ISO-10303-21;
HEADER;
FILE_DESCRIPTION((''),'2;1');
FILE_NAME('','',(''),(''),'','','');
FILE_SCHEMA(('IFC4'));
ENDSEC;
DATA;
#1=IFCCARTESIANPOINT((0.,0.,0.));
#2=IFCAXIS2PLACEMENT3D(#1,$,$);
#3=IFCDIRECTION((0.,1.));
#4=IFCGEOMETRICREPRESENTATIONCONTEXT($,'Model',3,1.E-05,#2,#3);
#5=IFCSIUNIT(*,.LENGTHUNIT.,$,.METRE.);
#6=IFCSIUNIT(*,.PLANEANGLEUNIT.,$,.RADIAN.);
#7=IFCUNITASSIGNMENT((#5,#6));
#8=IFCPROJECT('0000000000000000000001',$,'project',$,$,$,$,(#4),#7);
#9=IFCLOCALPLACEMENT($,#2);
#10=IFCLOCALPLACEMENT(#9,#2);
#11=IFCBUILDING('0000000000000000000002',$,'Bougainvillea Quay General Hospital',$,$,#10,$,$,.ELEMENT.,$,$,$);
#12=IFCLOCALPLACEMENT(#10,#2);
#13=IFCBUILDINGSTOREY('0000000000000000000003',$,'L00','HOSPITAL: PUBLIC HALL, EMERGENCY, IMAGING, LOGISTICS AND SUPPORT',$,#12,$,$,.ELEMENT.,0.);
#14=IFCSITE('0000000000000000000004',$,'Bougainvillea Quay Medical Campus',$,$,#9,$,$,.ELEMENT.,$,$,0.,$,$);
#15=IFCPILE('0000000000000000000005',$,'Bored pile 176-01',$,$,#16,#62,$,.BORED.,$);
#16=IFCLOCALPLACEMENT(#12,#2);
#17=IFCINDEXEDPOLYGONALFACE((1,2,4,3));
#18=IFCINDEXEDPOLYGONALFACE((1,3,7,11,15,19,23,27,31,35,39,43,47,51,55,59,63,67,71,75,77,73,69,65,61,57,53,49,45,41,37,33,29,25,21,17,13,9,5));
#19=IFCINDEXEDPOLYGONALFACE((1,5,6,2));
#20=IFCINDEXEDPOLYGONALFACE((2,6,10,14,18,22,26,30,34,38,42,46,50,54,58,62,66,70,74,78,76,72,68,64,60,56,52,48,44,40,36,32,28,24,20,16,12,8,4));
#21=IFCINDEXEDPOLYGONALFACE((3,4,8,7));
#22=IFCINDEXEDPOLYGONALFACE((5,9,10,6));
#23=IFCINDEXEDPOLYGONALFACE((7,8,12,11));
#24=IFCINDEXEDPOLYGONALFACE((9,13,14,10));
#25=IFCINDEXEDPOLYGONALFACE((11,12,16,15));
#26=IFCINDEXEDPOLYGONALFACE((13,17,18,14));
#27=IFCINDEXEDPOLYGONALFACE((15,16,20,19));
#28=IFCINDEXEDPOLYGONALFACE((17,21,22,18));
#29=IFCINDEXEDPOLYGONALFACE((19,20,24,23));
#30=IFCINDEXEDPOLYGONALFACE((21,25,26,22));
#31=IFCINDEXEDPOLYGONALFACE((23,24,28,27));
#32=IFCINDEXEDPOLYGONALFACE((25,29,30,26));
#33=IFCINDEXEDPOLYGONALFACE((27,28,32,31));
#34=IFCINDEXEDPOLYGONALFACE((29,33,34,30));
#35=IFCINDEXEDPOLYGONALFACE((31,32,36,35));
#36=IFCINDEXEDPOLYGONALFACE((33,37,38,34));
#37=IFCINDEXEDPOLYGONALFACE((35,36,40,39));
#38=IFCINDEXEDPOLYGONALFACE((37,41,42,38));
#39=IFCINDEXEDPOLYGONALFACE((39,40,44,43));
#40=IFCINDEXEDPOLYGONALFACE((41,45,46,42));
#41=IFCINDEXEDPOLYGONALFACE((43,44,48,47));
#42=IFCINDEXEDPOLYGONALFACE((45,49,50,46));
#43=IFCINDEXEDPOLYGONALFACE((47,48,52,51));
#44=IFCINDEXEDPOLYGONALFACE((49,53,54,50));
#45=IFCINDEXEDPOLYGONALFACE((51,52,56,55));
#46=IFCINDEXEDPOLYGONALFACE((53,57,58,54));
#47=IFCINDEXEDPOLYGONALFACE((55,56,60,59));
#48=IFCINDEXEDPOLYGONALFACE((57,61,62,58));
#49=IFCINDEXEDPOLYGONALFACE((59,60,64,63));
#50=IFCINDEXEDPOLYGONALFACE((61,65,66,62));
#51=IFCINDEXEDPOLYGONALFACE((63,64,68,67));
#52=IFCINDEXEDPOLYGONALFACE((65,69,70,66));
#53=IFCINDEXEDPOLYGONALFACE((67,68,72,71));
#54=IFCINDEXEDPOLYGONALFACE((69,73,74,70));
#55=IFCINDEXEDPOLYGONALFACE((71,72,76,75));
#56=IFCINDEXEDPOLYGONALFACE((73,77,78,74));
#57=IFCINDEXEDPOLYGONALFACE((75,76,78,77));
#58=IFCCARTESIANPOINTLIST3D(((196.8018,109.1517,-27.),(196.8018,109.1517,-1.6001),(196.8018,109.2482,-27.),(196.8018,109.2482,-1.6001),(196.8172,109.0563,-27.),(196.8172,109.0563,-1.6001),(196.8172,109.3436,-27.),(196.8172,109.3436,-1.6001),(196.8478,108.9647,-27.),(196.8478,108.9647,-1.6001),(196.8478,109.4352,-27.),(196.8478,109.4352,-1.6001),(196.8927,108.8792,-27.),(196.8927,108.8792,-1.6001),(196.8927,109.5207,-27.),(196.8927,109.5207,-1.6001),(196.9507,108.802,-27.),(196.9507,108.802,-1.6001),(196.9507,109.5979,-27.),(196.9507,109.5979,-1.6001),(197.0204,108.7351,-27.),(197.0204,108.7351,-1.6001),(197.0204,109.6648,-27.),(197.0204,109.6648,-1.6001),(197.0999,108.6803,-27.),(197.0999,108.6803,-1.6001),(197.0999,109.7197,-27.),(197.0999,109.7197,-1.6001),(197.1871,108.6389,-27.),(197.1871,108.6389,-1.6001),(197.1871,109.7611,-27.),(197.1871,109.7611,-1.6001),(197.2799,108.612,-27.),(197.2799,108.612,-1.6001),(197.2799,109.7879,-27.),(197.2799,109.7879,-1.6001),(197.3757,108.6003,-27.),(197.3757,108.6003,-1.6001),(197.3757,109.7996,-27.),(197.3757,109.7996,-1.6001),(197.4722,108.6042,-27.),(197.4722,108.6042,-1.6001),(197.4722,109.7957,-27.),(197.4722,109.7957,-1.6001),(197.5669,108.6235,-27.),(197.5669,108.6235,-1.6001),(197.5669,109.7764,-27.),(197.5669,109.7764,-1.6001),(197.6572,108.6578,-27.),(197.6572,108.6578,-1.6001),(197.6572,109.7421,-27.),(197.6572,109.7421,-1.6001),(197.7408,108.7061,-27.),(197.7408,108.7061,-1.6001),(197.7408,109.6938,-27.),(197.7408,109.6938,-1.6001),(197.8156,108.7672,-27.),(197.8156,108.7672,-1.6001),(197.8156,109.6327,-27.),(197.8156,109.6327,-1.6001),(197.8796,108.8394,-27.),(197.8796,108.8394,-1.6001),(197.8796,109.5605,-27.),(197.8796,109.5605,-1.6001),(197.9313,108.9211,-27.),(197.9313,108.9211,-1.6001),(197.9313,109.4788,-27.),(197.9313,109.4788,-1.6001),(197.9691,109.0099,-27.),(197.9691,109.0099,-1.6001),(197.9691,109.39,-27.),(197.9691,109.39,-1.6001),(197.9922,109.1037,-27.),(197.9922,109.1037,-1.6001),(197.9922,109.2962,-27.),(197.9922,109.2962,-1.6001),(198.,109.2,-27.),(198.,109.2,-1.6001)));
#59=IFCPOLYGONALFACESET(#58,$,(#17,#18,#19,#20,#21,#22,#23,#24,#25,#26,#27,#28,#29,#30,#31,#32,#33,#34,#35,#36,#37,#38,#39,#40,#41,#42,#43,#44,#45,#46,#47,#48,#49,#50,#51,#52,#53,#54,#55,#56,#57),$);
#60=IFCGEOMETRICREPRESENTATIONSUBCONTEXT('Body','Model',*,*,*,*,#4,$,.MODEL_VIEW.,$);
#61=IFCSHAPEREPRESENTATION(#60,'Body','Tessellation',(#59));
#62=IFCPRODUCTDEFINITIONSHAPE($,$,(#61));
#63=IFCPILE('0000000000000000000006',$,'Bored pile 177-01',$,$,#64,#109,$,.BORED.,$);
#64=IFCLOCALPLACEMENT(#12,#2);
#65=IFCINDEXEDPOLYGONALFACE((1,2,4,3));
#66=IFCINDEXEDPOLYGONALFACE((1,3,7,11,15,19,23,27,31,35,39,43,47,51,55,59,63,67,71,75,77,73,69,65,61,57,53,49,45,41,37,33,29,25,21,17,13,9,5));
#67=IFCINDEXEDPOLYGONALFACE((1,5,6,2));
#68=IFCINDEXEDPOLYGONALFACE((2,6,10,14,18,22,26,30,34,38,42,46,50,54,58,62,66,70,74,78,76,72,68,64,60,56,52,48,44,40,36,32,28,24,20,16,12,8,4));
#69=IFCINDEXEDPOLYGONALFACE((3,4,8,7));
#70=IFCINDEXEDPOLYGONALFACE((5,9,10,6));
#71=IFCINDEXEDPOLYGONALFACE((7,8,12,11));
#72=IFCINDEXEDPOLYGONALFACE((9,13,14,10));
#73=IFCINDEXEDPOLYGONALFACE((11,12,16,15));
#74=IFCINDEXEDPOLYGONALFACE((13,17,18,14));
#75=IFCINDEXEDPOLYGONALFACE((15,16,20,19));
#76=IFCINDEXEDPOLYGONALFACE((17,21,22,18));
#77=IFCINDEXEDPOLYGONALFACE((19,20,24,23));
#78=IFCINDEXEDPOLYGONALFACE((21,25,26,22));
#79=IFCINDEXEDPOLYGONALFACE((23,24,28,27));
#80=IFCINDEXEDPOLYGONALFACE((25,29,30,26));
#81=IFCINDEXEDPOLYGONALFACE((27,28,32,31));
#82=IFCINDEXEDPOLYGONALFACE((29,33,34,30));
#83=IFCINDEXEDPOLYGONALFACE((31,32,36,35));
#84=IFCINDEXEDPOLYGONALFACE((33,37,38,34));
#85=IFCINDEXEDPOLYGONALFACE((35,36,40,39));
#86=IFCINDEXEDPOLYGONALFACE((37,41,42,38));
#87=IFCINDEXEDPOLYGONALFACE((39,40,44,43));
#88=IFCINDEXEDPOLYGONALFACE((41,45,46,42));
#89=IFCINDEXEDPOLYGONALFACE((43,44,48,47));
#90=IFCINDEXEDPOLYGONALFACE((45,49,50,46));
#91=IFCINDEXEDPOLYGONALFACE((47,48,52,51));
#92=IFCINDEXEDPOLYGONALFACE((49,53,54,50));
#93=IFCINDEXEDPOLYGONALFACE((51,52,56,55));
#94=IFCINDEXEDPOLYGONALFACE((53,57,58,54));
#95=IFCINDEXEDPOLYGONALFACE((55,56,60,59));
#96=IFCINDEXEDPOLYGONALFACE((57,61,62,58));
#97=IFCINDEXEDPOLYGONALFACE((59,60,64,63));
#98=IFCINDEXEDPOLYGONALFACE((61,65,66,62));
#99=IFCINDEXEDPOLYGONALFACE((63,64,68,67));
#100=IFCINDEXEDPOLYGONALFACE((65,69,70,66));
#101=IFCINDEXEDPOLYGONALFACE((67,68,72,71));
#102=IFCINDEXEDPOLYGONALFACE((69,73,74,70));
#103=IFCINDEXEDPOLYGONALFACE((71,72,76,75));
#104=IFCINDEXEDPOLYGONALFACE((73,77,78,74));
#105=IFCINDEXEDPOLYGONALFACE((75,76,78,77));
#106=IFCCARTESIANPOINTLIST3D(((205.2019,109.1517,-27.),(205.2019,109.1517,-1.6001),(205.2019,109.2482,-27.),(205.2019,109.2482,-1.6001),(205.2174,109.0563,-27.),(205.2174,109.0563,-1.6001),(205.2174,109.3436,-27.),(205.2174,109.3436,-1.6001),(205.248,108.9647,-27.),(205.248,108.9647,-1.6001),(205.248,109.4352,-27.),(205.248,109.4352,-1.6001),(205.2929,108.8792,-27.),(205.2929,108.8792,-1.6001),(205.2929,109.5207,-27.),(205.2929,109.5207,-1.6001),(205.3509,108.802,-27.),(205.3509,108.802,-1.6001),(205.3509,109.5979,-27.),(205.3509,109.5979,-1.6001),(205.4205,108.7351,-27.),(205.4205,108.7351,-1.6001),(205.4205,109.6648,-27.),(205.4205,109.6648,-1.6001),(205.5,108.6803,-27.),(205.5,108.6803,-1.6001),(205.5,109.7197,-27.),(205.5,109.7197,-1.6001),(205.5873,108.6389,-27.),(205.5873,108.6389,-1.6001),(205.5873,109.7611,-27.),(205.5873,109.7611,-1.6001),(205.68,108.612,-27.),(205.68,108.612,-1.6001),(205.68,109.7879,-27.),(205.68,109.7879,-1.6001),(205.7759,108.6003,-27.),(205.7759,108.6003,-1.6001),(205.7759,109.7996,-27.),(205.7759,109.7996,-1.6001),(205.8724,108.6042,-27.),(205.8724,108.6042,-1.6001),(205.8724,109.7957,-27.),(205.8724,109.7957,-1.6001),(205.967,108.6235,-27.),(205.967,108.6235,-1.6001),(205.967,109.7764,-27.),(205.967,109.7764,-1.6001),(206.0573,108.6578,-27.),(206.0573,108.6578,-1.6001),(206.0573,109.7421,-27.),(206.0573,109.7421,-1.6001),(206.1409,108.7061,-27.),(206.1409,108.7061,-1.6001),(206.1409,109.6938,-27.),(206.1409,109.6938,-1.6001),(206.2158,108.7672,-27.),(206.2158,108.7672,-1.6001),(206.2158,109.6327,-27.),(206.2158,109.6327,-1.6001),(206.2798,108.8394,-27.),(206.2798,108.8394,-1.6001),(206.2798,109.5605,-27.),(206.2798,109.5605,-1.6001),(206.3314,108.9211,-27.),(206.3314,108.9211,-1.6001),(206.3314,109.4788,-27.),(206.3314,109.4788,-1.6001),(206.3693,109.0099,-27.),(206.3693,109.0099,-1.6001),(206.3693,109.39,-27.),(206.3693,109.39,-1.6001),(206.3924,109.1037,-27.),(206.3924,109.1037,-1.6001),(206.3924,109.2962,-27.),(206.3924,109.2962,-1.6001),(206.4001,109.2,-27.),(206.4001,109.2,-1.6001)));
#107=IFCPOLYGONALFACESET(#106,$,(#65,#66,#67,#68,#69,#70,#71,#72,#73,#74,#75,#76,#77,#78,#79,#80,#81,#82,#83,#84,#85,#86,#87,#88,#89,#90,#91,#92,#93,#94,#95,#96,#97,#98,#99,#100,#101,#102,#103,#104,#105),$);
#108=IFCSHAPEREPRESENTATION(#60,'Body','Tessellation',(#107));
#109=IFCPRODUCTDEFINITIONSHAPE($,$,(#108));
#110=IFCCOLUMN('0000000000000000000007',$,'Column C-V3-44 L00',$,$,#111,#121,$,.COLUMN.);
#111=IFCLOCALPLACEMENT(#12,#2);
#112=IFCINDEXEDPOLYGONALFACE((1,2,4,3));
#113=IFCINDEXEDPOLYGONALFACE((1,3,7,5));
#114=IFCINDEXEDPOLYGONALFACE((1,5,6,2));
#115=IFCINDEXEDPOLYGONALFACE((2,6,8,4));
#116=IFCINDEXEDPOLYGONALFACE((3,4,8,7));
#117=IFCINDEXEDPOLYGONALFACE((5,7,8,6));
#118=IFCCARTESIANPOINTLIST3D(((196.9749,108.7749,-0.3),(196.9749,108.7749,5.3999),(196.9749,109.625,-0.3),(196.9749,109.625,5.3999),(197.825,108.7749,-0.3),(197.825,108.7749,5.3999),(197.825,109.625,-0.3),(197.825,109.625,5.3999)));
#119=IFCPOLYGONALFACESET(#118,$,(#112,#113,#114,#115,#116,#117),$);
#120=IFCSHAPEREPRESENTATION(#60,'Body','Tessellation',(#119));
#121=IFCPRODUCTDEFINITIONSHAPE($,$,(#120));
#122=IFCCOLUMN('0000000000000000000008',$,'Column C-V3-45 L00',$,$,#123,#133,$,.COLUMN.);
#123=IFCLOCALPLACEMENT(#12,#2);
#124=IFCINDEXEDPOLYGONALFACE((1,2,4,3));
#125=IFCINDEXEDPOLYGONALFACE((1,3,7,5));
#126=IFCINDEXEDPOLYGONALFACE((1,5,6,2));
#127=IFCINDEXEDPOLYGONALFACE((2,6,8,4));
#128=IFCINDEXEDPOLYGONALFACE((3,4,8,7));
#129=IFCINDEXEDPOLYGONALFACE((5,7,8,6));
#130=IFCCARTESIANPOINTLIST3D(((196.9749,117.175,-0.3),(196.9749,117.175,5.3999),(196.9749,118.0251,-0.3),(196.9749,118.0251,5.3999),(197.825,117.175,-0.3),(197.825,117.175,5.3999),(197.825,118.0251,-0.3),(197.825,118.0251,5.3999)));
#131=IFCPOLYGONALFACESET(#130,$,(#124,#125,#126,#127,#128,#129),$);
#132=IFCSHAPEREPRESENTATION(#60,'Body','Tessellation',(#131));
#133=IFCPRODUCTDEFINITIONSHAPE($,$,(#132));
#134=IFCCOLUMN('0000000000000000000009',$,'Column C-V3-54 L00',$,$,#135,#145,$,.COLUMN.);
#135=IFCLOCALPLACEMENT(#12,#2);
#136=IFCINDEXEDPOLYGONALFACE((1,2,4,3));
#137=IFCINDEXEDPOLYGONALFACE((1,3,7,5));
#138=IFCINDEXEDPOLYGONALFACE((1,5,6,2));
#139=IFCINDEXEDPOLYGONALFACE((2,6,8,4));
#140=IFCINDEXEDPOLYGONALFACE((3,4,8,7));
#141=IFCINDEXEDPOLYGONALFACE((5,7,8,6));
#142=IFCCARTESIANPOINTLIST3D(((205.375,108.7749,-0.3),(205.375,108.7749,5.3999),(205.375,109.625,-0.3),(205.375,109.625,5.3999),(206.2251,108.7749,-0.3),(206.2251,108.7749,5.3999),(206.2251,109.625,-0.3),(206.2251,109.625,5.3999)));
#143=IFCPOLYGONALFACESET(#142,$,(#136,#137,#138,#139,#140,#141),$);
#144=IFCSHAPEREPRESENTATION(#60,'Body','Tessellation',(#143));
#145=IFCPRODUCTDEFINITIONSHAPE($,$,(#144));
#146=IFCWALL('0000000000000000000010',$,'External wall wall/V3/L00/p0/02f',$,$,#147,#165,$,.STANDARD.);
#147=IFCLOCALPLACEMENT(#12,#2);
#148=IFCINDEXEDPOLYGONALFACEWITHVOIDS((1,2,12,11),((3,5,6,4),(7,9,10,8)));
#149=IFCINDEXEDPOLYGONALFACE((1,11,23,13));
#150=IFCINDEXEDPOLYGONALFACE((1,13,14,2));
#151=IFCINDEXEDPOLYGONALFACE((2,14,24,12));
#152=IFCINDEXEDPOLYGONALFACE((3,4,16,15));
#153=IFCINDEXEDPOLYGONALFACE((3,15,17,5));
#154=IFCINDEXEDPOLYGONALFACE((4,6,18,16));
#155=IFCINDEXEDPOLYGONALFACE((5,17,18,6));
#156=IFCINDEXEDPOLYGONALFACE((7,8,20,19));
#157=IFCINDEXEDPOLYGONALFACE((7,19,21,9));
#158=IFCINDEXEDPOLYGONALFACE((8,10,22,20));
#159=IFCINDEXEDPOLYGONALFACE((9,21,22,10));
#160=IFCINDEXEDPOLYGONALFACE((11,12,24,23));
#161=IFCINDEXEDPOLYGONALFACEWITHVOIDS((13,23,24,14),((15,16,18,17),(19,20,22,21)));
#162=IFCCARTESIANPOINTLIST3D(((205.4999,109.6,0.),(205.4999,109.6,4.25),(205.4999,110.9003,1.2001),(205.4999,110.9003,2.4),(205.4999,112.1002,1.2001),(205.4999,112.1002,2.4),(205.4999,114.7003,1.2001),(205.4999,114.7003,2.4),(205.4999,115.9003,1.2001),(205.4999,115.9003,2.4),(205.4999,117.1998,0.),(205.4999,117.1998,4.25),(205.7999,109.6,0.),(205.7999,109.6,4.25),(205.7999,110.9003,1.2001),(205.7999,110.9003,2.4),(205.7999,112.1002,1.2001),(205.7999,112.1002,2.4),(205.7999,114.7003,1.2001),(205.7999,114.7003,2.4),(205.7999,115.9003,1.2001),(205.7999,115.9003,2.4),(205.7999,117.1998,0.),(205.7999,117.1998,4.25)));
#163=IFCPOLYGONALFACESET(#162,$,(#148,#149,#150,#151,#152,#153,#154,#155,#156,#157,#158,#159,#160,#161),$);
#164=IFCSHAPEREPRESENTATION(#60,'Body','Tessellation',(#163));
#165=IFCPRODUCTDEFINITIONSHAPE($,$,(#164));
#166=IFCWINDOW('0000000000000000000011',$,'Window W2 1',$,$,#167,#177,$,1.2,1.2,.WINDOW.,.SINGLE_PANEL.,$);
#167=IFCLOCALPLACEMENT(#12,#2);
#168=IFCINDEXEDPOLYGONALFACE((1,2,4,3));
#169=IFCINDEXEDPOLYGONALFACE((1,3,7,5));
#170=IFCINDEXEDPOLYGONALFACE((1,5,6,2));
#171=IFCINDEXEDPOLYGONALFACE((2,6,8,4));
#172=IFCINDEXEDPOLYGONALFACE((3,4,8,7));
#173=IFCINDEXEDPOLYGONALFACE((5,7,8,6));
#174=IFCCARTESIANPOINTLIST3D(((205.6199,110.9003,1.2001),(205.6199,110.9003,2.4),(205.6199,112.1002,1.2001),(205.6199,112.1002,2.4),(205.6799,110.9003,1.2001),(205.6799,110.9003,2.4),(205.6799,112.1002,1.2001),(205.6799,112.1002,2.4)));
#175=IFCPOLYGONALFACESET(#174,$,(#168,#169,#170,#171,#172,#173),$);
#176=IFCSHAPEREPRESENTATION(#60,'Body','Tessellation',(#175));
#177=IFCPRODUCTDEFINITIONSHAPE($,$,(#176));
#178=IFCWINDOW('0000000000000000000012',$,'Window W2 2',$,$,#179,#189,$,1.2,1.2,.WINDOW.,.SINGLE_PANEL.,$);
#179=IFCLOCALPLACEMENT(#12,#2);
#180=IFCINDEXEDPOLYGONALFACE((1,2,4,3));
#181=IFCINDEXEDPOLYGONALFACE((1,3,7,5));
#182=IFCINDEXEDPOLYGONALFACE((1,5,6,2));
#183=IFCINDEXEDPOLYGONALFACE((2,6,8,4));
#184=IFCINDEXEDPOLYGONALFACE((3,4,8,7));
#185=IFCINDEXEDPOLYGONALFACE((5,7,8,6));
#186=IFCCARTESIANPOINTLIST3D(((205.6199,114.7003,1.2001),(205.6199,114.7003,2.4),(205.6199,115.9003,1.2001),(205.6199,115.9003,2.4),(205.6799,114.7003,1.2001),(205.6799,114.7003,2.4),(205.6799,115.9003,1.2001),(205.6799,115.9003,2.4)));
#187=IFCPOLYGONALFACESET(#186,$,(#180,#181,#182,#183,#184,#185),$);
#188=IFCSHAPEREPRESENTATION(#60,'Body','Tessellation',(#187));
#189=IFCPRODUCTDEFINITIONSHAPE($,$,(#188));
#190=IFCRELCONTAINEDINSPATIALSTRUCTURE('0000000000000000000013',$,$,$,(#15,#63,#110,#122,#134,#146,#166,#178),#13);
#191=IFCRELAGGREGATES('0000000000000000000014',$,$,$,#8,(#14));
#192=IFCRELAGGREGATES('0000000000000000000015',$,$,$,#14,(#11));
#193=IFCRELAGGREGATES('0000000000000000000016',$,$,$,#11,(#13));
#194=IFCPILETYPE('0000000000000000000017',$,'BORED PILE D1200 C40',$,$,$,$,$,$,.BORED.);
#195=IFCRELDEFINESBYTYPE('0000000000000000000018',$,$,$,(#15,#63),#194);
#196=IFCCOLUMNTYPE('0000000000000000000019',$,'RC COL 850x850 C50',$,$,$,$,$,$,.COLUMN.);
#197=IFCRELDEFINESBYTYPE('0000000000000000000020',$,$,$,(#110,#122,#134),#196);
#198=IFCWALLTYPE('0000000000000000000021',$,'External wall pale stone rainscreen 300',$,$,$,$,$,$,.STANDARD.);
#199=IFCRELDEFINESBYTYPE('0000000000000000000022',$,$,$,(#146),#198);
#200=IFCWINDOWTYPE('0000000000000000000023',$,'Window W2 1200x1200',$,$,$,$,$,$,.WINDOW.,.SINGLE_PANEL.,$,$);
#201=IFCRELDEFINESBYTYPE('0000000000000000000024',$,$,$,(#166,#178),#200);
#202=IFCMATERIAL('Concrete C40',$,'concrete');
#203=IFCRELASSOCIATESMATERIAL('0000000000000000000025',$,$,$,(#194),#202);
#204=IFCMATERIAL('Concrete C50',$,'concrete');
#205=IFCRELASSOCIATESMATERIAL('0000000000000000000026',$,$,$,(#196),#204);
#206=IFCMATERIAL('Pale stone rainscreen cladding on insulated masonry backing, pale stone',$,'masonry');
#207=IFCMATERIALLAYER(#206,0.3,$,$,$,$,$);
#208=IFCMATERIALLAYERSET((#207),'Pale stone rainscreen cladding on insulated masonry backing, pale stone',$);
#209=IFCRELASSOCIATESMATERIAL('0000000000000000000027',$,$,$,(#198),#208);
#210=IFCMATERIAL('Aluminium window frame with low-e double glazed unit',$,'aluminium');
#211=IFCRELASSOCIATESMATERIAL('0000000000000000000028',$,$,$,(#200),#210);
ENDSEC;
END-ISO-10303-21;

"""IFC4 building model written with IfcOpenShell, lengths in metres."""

from ifc_helpers import new_model, si_unit, direction, frame, frame_2d, origin, origin_2d, place, context, subcontext, project, spatial, rectangle, circle, extrude, material, layer, layer_set, material_profile, profile_set, type_object, element, fill, save


model = new_model("IFC4")

# Units and contexts
model_context = context("Model", 3, precision=1e-05, world=origin(), true_north=direction((0.0, 1.0)))
body_context = subcontext(model_context, "Body", "Model", "MODEL_VIEW")
ifc_project = project(units=[si_unit("LENGTHUNIT", "METRE"), si_unit("PLANEANGLEUNIT", "RADIAN")], contexts=[model_context])

# Site, building, storey
site_placement = place(None, origin())
site = spatial("IfcSite", under=ifc_project, at=site_placement, Name="Bougainvillea Quay Medical Campus", CompositionType="ELEMENT", RefElevation=0.0)
building_placement = place(site_placement, origin())
building = spatial("IfcBuilding", under=site, at=building_placement, Name="Bougainvillea Quay General Hospital", CompositionType="ELEMENT")
storey_placement = place(building_placement, origin())
storey = spatial("IfcBuildingStorey", under=building, at=storey_placement, Name="L00", Description="HOSPITAL: PUBLIC HALL, EMERGENCY, IMAGING, LOGISTICS AND SUPPORT", CompositionType="ELEMENT", Elevation=0.0)

# Piles
ifc_material_1 = material(Name="Concrete C40", Category="concrete")
ifc_material_profile_1 = material_profile(ifc_material_1, circle(Radius=0.6001, at=origin_2d()))
ifc_profile_set_1 = profile_set([ifc_material_profile_1], Name="Concrete C40")
pile_type = type_object("IfcPileType", Name="BORED PILE D1200 C40", PredefinedType="BORED", material=ifc_profile_set_1)
for number, where, z_axis, x_axis, name in (
    (1, (197.3999, 109.2, -1.6001), (0.0, 0.0, -1.0), (1.0, 0.0, 0.0), "Bored pile 176-01"),
    (2, (205.8, 109.2, -1.6001), (0.0, 0.0, -1.0), (1.0, 0.0, 0.0), "Bored pile 177-01"),
):
    element("IfcPile", number, at=place(storey_placement, frame(where, z_axis=z_axis, x_axis=x_axis)), inside=storey, type_object=pile_type, Name=name, PredefinedType="BORED", context=body_context, shape_type="SweptSolid", body=[
        extrude(circle(Radius=0.6001, at=origin_2d()), origin(), (0.0, 0.0, 1.0), 25.3999),
    ])

# Columns
ifc_material_2 = material(Name="Concrete C50", Category="concrete")
ifc_material_profile_2 = material_profile(ifc_material_2, rectangle(XDim=0.8501, YDim=0.8501, at=origin_2d()))
ifc_profile_set_2 = profile_set([ifc_material_profile_2], Name="Concrete C50")
column_type = type_object("IfcColumnType", Name="RC COL 850x850 C50", PredefinedType="COLUMN", material=ifc_profile_set_2)
for number, where, z_axis, x_axis, name in (
    (3, (197.3999, 109.2, -0.3), (0.0, 0.0, 1.0), (1.0, 0.0, 0.0), "Column C-V3-44 L00"),
    (4, (197.3999, 117.6001, -0.3), (0.0, 0.0, 1.0), (1.0, 0.0, 0.0), "Column C-V3-45 L00"),
    (5, (205.8, 109.2, -0.3), (0.0, 0.0, 1.0), (1.0, 0.0, 0.0), "Column C-V3-54 L00"),
):
    element("IfcColumn", number, at=place(storey_placement, frame(where, z_axis=z_axis, x_axis=x_axis)), inside=storey, type_object=column_type, Name=name, PredefinedType="COLUMN", context=body_context, shape_type="SweptSolid", body=[
        extrude(rectangle(XDim=0.8501, YDim=0.8501, at=origin_2d()), origin(), (0.0, 0.0, 1.0), 5.7),
    ])

# Wall, openings, windows
ifc_material_3 = material(Name="Pale stone rainscreen cladding on insulated masonry backing, pale stone", Category="masonry")
ifc_layer_1 = layer(ifc_material_3, 0.3)
ifc_layer_set_1 = layer_set([ifc_layer_1], Name="Pale stone rainscreen cladding on insulated masonry backing, pale stone")
wall_type_1 = type_object("IfcWallType", Name="External wall pale stone rainscreen 300", PredefinedType="STANDARD", material=ifc_layer_set_1)
wall_1_placement = place(storey_placement, frame((205.6499, 109.6001, 0.0), z_axis=(0.0, 0.0, 1.0), x_axis=(0.0, 1.0, 0.0)))
wall_1 = element("IfcWall", 6, at=wall_1_placement, inside=storey, type_object=wall_type_1, Name="External wall wall/V3/L00/p0/02f", PredefinedType="STANDARD", context=body_context, shape_type="SweptSolid", body=[
    extrude(rectangle(XDim=7.5999, YDim=0.3, at=frame_2d((3.7998, 0.0))), origin(), (0.0, 0.0, 1.0), 4.25),
])
opening_1_placement = place(wall_1_placement, frame((1.3, 0.0, 1.2)))
opening_1 = element("IfcOpeningElement", 7, at=opening_1_placement, cuts=wall_1, PredefinedType="OPENING", context=body_context, shape_type="SweptSolid", body=[
    extrude(rectangle(XDim=1.2, YDim=1.2, at=frame_2d((0.6001, 0.6001))), frame((0.0, 0.1599, 0.0), z_axis=(0.0, -1.0, 0.0), x_axis=(1.0, 0.0, 0.0)), (0.0, 0.0, 1.0), 0.3201),
])
opening_2_placement = place(wall_1_placement, frame((5.1001, 0.0, 1.2)))
opening_2 = element("IfcOpeningElement", 8, at=opening_2_placement, cuts=wall_1, PredefinedType="OPENING", context=body_context, shape_type="SweptSolid", body=[
    extrude(rectangle(XDim=1.2, YDim=1.2, at=frame_2d((0.6001, 0.6001))), frame((0.0, 0.1599, 0.0), z_axis=(0.0, -1.0, 0.0), x_axis=(1.0, 0.0, 0.0)), (0.0, 0.0, 1.0), 0.3201),
])
ifc_material_4 = material(Name="Aluminium window frame with low-e double glazed unit", Category="aluminium")
window_type = type_object("IfcWindowType", Name="Window W2 1200x1200", PartitioningType="SINGLE_PANEL", PredefinedType="WINDOW", material=ifc_material_4)
window_1_placement = place(opening_1_placement, origin())
window_1 = element("IfcWindow", 9, at=window_1_placement, inside=storey, type_object=window_type, Name="Window W2 1", OverallHeight=1.2, OverallWidth=1.2, PartitioningType="SINGLE_PANEL", PredefinedType="WINDOW", context=body_context, shape_type="SweptSolid", body=[
    extrude(rectangle(XDim=1.2, YDim=1.2, at=frame_2d((0.6001, 0.6001))), frame((0.0, 0.03, 0.0), z_axis=(0.0, -1.0, 0.0), x_axis=(1.0, 0.0, 0.0)), (0.0, 0.0, 1.0), 0.0601),
])
fill(opening_1, window_1)
window_2_placement = place(opening_2_placement, origin())
window_2 = element("IfcWindow", 10, at=window_2_placement, inside=storey, type_object=window_type, Name="Window W2 2", OverallHeight=1.2, OverallWidth=1.2, PartitioningType="SINGLE_PANEL", PredefinedType="WINDOW", context=body_context, shape_type="SweptSolid", body=[
    extrude(rectangle(XDim=1.2, YDim=1.2, at=frame_2d((0.6001, 0.6001))), frame((0.0, 0.03, 0.0), z_axis=(0.0, -1.0, 0.0), x_axis=(1.0, 0.0, 0.0)), (0.0, 0.0, 1.0), 0.0601),
])
fill(opening_2, window_2)

save(model, "model.ifc")
